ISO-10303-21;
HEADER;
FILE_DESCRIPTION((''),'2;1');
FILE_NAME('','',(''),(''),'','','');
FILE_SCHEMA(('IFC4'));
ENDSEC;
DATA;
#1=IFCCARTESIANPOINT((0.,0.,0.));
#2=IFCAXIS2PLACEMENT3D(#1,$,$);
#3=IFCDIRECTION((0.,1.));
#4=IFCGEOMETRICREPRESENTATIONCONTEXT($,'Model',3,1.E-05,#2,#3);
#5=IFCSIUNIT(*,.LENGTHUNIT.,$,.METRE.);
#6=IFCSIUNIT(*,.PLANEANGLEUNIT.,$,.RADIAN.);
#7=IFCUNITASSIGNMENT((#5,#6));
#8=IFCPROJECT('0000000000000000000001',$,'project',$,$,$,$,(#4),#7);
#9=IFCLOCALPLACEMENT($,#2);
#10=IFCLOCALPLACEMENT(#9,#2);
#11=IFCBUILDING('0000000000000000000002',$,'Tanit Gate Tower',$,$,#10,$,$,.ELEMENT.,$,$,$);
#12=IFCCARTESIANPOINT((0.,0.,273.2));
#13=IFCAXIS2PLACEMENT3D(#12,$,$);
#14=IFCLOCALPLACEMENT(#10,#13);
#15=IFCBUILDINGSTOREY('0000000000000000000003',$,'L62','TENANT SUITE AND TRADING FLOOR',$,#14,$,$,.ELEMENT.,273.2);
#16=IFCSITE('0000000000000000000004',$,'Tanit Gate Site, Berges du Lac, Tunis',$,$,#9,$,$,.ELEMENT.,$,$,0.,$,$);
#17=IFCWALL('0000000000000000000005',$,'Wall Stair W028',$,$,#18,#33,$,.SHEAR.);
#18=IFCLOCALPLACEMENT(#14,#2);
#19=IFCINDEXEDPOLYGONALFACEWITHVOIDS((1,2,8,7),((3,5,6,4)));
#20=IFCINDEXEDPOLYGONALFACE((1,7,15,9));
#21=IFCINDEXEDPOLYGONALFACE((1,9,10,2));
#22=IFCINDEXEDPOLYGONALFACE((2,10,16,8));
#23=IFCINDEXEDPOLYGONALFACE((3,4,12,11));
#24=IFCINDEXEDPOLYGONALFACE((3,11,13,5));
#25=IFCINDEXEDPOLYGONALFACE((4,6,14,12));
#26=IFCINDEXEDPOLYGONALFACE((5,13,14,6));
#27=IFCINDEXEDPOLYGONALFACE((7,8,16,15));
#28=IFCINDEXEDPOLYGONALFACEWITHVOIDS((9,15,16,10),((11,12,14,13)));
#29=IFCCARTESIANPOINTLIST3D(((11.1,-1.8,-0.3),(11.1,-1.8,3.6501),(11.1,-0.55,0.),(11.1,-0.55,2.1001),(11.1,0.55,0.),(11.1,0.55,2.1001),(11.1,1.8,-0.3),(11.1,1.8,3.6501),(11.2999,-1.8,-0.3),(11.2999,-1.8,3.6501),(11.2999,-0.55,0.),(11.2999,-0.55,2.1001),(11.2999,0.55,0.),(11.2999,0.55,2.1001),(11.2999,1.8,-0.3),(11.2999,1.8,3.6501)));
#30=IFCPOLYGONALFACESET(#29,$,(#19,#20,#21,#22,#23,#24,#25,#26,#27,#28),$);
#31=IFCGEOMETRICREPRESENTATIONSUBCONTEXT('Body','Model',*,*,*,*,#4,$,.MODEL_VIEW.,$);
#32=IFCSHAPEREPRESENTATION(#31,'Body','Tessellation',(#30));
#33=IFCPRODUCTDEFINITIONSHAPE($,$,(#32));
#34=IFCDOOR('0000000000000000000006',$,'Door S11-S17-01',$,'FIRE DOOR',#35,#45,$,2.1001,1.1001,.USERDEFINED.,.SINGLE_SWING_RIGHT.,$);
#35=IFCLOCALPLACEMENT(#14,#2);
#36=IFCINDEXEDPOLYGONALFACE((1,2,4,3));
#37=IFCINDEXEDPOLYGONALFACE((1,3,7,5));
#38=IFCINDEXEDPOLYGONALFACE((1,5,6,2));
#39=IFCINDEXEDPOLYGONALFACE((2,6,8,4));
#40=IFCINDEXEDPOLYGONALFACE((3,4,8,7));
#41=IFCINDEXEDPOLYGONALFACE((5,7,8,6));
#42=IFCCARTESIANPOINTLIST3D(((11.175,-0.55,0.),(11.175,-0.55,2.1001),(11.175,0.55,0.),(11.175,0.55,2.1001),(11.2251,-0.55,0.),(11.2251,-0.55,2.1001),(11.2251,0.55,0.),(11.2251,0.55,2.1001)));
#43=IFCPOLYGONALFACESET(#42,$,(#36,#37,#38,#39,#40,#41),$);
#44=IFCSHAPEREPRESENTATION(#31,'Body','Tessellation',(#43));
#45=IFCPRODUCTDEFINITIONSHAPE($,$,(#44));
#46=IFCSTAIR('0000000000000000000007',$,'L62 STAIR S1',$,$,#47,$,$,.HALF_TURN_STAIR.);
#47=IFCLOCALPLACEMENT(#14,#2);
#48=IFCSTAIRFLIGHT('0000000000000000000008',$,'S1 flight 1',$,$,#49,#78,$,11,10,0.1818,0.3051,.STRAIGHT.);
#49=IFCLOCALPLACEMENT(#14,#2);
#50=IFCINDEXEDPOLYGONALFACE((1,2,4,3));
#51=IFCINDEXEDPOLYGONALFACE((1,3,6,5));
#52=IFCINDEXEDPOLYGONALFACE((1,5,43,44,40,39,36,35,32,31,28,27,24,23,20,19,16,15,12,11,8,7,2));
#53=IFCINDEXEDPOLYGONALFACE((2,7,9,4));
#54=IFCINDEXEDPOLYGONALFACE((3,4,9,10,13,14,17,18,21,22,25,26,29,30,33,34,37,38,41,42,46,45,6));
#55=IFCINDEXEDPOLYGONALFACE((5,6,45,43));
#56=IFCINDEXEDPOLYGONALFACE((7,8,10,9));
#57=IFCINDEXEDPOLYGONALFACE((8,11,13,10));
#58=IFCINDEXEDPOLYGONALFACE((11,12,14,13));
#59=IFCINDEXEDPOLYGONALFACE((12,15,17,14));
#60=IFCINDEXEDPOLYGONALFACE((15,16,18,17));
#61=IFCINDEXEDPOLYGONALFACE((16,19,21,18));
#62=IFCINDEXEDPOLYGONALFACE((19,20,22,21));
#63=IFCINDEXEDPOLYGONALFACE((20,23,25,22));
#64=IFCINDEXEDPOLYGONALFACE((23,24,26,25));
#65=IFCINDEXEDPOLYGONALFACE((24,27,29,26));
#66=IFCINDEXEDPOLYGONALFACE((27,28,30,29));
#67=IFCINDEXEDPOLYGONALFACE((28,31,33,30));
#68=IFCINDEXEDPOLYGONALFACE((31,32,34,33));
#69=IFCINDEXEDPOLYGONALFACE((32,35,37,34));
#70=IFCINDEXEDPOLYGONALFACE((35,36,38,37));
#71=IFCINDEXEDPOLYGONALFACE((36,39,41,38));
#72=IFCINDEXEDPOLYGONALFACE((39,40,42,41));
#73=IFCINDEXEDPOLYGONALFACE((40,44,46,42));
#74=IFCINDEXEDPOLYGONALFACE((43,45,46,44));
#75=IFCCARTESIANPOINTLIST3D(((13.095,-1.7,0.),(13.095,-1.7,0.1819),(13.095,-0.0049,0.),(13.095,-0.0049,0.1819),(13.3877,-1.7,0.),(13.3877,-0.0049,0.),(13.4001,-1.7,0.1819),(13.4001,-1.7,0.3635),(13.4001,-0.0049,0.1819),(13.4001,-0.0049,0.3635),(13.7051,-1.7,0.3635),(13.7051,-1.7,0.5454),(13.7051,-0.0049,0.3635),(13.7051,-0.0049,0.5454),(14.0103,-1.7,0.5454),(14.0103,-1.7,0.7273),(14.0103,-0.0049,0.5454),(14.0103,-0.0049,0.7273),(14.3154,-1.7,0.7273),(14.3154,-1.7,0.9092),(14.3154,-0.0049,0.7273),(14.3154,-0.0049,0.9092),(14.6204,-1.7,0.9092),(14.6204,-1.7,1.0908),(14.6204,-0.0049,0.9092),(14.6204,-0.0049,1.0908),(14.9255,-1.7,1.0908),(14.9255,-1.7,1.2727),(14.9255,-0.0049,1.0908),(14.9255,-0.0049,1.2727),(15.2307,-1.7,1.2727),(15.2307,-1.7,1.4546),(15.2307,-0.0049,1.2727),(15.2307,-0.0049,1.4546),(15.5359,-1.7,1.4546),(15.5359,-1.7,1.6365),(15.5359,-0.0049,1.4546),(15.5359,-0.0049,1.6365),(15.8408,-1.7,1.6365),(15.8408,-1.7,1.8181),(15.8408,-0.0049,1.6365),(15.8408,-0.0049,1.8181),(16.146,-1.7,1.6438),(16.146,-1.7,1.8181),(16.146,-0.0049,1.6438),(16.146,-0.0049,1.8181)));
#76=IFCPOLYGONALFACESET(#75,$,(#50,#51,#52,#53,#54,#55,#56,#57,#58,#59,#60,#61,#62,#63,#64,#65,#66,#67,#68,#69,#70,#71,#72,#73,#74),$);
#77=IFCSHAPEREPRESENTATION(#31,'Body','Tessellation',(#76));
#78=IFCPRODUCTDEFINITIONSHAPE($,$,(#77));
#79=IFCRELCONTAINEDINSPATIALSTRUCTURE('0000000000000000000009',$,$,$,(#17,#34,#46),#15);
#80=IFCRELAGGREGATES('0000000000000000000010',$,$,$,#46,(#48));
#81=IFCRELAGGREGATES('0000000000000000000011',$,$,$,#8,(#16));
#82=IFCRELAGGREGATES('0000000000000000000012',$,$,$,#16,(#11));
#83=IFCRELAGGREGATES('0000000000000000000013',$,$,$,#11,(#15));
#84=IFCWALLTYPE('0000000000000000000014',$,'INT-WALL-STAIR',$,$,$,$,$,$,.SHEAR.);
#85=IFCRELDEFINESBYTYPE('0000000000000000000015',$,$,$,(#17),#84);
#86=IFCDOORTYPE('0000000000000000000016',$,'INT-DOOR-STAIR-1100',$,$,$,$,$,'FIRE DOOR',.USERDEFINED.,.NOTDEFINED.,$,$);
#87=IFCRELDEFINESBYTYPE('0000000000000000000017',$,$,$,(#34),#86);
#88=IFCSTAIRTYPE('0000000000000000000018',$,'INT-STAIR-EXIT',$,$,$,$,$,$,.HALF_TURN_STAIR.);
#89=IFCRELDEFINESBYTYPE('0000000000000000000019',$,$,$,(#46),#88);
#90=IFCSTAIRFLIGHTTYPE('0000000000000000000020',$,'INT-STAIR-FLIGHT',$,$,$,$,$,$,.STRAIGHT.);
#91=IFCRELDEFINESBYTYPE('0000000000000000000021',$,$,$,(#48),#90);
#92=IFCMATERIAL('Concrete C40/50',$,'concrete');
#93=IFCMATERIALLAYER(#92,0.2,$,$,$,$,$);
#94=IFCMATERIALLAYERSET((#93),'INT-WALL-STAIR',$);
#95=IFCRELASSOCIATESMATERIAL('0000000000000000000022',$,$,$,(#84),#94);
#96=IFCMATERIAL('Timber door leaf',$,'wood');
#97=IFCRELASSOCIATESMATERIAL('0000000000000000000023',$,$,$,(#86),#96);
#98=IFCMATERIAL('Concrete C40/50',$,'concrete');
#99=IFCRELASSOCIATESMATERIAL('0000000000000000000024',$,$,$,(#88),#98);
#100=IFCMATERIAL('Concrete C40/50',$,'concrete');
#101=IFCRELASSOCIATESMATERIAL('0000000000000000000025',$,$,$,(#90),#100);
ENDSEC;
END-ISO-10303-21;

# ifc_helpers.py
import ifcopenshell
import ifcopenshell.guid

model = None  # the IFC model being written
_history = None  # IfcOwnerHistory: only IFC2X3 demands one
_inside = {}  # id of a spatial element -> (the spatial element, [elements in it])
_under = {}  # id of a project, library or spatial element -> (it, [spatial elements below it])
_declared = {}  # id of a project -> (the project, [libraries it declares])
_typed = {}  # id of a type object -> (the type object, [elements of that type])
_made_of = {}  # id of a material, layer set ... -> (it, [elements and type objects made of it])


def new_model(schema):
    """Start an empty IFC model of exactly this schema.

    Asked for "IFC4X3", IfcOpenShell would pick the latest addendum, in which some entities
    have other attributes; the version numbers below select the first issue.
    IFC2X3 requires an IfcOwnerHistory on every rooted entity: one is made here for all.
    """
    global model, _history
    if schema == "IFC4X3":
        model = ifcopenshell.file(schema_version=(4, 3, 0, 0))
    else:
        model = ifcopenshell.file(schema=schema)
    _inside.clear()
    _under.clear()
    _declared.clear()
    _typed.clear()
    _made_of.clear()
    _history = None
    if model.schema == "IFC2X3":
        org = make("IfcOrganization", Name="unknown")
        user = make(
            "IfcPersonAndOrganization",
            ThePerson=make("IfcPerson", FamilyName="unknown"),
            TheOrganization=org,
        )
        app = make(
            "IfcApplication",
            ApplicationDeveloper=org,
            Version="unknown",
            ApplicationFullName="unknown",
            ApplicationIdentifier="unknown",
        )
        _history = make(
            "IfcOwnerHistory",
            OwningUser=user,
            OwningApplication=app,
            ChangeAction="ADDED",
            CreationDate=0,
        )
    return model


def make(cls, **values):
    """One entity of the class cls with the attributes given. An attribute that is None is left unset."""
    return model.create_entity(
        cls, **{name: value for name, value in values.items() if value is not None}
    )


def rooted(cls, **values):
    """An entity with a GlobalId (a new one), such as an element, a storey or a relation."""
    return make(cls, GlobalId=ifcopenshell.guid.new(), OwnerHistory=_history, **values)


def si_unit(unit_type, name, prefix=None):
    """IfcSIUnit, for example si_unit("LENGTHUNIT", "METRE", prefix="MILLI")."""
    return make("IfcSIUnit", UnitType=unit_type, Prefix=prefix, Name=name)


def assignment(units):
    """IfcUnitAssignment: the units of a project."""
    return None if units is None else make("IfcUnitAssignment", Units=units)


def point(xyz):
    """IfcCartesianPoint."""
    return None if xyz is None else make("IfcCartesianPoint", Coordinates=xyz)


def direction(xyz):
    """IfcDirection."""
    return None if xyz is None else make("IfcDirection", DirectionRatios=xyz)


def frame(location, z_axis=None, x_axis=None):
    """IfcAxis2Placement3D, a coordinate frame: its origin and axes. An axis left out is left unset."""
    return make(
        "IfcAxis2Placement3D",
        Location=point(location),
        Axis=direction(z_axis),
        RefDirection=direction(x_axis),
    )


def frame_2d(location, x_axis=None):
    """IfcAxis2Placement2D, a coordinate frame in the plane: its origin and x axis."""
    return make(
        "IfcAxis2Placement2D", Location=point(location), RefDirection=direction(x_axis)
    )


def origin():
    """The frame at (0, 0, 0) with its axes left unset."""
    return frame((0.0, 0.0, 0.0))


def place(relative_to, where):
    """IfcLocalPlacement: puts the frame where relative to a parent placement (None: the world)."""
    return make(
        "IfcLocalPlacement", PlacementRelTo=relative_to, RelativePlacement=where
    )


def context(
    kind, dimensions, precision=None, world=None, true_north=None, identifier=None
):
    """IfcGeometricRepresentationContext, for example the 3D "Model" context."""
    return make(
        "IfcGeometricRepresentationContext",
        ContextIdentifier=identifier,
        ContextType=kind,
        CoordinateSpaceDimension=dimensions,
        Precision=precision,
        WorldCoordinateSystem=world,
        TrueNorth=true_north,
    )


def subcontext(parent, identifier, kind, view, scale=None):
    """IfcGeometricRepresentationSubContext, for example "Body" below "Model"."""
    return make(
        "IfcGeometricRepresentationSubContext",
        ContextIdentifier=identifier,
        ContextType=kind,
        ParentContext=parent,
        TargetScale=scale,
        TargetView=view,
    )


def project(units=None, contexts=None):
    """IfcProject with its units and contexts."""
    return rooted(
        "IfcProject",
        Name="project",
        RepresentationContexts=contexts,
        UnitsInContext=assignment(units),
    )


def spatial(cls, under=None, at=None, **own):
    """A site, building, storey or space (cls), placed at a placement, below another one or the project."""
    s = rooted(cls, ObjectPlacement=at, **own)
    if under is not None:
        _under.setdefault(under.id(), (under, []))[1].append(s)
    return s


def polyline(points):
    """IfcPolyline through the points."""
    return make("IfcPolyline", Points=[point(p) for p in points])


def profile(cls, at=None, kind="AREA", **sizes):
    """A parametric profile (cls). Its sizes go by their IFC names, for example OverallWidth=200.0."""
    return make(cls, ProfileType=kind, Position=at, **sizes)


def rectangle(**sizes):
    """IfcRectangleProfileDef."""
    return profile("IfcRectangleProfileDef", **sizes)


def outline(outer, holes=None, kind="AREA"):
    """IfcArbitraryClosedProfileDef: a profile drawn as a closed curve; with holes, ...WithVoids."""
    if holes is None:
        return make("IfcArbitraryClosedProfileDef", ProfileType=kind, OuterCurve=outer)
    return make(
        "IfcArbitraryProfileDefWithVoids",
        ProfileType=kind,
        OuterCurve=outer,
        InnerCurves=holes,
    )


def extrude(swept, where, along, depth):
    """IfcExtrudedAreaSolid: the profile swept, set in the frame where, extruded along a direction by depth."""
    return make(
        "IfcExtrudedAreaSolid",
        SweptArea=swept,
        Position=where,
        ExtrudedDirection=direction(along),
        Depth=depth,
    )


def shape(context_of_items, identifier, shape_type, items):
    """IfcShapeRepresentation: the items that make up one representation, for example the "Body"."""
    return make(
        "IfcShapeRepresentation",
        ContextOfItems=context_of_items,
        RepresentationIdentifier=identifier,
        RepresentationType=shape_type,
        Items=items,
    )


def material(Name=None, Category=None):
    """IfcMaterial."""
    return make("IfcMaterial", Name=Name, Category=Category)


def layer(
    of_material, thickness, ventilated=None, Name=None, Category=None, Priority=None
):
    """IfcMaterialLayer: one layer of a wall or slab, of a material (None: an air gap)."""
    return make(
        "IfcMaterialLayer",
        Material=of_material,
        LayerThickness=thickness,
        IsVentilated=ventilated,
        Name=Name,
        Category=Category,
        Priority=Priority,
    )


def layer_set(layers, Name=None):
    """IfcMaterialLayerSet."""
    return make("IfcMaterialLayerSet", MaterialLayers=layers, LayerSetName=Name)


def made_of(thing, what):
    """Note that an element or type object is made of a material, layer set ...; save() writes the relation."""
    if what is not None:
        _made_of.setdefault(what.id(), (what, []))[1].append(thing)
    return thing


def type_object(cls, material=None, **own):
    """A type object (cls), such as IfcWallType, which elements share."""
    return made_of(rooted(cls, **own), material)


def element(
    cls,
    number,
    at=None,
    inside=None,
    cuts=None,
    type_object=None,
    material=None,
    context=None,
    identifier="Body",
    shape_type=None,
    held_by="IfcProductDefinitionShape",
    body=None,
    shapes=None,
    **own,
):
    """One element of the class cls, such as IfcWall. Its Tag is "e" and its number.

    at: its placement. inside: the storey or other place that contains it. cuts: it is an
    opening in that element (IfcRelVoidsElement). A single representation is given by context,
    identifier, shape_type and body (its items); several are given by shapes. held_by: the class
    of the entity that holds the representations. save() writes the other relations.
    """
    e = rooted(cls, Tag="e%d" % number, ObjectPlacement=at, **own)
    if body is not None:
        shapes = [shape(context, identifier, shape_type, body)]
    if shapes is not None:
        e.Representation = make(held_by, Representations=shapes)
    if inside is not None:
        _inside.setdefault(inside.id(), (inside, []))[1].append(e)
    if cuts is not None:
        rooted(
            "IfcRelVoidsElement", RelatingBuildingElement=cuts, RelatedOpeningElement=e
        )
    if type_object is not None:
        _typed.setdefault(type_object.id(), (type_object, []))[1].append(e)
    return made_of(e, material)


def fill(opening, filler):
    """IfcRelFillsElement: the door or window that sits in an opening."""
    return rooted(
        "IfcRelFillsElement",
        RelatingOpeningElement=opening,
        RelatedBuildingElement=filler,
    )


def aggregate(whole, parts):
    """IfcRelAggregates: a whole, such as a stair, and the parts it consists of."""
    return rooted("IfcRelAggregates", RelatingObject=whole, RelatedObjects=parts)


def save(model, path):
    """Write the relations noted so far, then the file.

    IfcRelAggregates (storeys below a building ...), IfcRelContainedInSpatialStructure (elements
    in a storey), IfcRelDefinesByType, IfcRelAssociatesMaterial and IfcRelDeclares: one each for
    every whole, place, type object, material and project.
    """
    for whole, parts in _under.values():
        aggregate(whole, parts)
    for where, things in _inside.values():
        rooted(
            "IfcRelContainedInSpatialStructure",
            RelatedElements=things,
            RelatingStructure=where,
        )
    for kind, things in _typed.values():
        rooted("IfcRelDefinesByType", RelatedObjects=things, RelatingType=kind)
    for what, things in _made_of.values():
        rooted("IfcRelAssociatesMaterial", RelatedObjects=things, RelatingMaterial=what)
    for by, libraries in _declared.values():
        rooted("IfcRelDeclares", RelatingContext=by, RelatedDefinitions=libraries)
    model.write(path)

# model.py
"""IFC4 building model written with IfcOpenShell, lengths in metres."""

from ifc_helpers import new_model, si_unit, direction, frame, frame_2d, origin, place, context, subcontext, project, spatial, polyline, rectangle, outline, extrude, material, layer, layer_set, type_object, element, fill, aggregate, save


model = new_model("IFC4")

# Units and contexts
model_context = context("Model", 3, precision=1e-05, world=origin(), true_north=direction((0.0, 1.0)))
body_context = subcontext(model_context, "Body", "Model", "MODEL_VIEW")
ifc_project = project(units=[si_unit("LENGTHUNIT", "METRE"), si_unit("PLANEANGLEUNIT", "RADIAN")], contexts=[model_context])

# Site, building, storey
site_placement = place(None, origin())
site = spatial("IfcSite", under=ifc_project, at=site_placement, Name="Tanit Gate Site, Berges du Lac, Tunis", CompositionType="ELEMENT", RefElevation=0.0)
building_placement = place(site_placement, origin())
building = spatial("IfcBuilding", under=site, at=building_placement, Name="Tanit Gate Tower", CompositionType="ELEMENT")
storey_placement = place(building_placement, frame((0.0, 0.0, 273.2)))
storey = spatial("IfcBuildingStorey", under=building, at=storey_placement, Name="L62", Description="TENANT SUITE AND TRADING FLOOR", CompositionType="ELEMENT", Elevation=273.2)

# Shared definitions
ifc_material_1 = material(Name="Concrete C40/50", Category="concrete")
ifc_layer_1 = layer(ifc_material_1, 0.2)
ifc_layer_set_1 = layer_set([ifc_layer_1], Name="INT-WALL-STAIR")
wall_type_1 = type_object("IfcWallType", Name="INT-WALL-STAIR", PredefinedType="SHEAR", material=ifc_layer_set_1)

# Wall, opening, door
wall_1_placement = place(storey_placement, frame((11.2, -1.8, -0.3), z_axis=(0.0, 0.0, 1.0), x_axis=(0.0, 1.0, 0.0)))
wall_1 = element("IfcWall", 1, at=wall_1_placement, inside=storey, type_object=wall_type_1, Name="Wall Stair W028", PredefinedType="SHEAR", context=body_context, shape_type="SweptSolid", body=[
    extrude(rectangle(XDim=3.6001, YDim=0.2, at=frame_2d((1.8, 0.0))), origin(), (0.0, 0.0, 1.0), 3.9502),
])
opening_1_placement = place(wall_1_placement, frame((1.25, 0.0, 0.3)))
opening_1 = element("IfcOpeningElement", 2, at=opening_1_placement, cuts=wall_1, PredefinedType="OPENING", context=body_context, shape_type="SweptSolid", body=[
    extrude(rectangle(XDim=1.1001, YDim=2.1001, at=frame_2d((0.55, 1.05))), frame((0.0, 0.1099, 0.0), z_axis=(0.0, -1.0, 0.0), x_axis=(1.0, 0.0, 0.0)), (0.0, 0.0, 1.0), 0.22),
])
ifc_material_2 = material(Name="Timber door leaf", Category="wood")
door_type_1 = type_object("IfcDoorType", Name="INT-DOOR-STAIR-1100", ElementType="FIRE DOOR", OperationType="NOTDEFINED", PredefinedType="USERDEFINED", material=ifc_material_2)
door_1_placement = place(opening_1_placement, origin())
door_1 = element("IfcDoor", 3, at=door_1_placement, inside=storey, type_object=door_type_1, Name="Door S11-S17-01", ObjectType="FIRE DOOR", OperationType="SINGLE_SWING_RIGHT", OverallHeight=2.1001, OverallWidth=1.1001, PredefinedType="USERDEFINED", context=body_context, shape_type="SweptSolid", body=[
    extrude(rectangle(XDim=1.1001, YDim=2.1001, at=frame_2d((0.55, 1.05))), frame((0.0, 0.0249, 0.0), z_axis=(0.0, -1.0, 0.0), x_axis=(1.0, 0.0, 0.0)), (0.0, 0.0, 1.0), 0.05),
])
fill(opening_1, door_1)

# Stair, stair flight
ifc_material_3 = material(Name="Concrete C40/50", Category="concrete")
stair_type = type_object("IfcStairType", Name="INT-STAIR-EXIT", PredefinedType="HALF_TURN_STAIR", material=ifc_material_3)
stair_placement = place(storey_placement, origin())
stair = element("IfcStair", 4, at=stair_placement, inside=storey, type_object=stair_type, Name="L62 STAIR S1", PredefinedType="HALF_TURN_STAIR")
ifc_material_4 = material(Name="Concrete C40/50", Category="concrete")
stair_flight_type = type_object("IfcStairFlightType", Name="INT-STAIR-FLIGHT", PredefinedType="STRAIGHT", material=ifc_material_4)
stair_flight_placement = place(storey_placement, frame((13.095, -0.8525, 0.0), z_axis=(0.0, 0.0, 1.0), x_axis=(1.0, 0.0, 0.0)))
stair_flight = element("IfcStairFlight", 5, at=stair_flight_placement, type_object=stair_flight_type, Name="S1 flight 1", NumberOfRisers=11, NumberOfTreads=10, PredefinedType="STRAIGHT", RiserHeight=0.1818, TreadLength=0.3051, context=body_context, shape_type="SweptSolid", body=[
    extrude(outline(polyline([(0.0, 0.0), (0.0, 0.1819), (0.3052, 0.1819), (0.3052, 0.3635), (0.6101, 0.3635), (0.6101, 0.5454), (0.9153, 0.5454), (0.9153, 0.7273), (1.2205, 0.7273), (1.2205, 0.9092), (1.5254, 0.9092), (1.5254, 1.0908), (1.8306, 1.0908), (1.8306, 1.2727), (2.1357, 1.2727), (2.1357, 1.4546), (2.4409, 1.4546), (2.4409, 1.6365), (2.7458, 1.6365), (2.7458, 1.8181), (3.051, 1.8181), (3.051, 2.0), (3.051, 1.6438), (0.2927, 0.0), (0.0, 0.0)])), frame((0.0, 0.8477, 0.0), z_axis=(0.0, -1.0, 0.0), x_axis=(1.0, 0.0, 0.0)), (0.0, 0.0, 1.0), 1.6951),
])
aggregate(stair, [stair_flight])

save(model, "model.ifc")
